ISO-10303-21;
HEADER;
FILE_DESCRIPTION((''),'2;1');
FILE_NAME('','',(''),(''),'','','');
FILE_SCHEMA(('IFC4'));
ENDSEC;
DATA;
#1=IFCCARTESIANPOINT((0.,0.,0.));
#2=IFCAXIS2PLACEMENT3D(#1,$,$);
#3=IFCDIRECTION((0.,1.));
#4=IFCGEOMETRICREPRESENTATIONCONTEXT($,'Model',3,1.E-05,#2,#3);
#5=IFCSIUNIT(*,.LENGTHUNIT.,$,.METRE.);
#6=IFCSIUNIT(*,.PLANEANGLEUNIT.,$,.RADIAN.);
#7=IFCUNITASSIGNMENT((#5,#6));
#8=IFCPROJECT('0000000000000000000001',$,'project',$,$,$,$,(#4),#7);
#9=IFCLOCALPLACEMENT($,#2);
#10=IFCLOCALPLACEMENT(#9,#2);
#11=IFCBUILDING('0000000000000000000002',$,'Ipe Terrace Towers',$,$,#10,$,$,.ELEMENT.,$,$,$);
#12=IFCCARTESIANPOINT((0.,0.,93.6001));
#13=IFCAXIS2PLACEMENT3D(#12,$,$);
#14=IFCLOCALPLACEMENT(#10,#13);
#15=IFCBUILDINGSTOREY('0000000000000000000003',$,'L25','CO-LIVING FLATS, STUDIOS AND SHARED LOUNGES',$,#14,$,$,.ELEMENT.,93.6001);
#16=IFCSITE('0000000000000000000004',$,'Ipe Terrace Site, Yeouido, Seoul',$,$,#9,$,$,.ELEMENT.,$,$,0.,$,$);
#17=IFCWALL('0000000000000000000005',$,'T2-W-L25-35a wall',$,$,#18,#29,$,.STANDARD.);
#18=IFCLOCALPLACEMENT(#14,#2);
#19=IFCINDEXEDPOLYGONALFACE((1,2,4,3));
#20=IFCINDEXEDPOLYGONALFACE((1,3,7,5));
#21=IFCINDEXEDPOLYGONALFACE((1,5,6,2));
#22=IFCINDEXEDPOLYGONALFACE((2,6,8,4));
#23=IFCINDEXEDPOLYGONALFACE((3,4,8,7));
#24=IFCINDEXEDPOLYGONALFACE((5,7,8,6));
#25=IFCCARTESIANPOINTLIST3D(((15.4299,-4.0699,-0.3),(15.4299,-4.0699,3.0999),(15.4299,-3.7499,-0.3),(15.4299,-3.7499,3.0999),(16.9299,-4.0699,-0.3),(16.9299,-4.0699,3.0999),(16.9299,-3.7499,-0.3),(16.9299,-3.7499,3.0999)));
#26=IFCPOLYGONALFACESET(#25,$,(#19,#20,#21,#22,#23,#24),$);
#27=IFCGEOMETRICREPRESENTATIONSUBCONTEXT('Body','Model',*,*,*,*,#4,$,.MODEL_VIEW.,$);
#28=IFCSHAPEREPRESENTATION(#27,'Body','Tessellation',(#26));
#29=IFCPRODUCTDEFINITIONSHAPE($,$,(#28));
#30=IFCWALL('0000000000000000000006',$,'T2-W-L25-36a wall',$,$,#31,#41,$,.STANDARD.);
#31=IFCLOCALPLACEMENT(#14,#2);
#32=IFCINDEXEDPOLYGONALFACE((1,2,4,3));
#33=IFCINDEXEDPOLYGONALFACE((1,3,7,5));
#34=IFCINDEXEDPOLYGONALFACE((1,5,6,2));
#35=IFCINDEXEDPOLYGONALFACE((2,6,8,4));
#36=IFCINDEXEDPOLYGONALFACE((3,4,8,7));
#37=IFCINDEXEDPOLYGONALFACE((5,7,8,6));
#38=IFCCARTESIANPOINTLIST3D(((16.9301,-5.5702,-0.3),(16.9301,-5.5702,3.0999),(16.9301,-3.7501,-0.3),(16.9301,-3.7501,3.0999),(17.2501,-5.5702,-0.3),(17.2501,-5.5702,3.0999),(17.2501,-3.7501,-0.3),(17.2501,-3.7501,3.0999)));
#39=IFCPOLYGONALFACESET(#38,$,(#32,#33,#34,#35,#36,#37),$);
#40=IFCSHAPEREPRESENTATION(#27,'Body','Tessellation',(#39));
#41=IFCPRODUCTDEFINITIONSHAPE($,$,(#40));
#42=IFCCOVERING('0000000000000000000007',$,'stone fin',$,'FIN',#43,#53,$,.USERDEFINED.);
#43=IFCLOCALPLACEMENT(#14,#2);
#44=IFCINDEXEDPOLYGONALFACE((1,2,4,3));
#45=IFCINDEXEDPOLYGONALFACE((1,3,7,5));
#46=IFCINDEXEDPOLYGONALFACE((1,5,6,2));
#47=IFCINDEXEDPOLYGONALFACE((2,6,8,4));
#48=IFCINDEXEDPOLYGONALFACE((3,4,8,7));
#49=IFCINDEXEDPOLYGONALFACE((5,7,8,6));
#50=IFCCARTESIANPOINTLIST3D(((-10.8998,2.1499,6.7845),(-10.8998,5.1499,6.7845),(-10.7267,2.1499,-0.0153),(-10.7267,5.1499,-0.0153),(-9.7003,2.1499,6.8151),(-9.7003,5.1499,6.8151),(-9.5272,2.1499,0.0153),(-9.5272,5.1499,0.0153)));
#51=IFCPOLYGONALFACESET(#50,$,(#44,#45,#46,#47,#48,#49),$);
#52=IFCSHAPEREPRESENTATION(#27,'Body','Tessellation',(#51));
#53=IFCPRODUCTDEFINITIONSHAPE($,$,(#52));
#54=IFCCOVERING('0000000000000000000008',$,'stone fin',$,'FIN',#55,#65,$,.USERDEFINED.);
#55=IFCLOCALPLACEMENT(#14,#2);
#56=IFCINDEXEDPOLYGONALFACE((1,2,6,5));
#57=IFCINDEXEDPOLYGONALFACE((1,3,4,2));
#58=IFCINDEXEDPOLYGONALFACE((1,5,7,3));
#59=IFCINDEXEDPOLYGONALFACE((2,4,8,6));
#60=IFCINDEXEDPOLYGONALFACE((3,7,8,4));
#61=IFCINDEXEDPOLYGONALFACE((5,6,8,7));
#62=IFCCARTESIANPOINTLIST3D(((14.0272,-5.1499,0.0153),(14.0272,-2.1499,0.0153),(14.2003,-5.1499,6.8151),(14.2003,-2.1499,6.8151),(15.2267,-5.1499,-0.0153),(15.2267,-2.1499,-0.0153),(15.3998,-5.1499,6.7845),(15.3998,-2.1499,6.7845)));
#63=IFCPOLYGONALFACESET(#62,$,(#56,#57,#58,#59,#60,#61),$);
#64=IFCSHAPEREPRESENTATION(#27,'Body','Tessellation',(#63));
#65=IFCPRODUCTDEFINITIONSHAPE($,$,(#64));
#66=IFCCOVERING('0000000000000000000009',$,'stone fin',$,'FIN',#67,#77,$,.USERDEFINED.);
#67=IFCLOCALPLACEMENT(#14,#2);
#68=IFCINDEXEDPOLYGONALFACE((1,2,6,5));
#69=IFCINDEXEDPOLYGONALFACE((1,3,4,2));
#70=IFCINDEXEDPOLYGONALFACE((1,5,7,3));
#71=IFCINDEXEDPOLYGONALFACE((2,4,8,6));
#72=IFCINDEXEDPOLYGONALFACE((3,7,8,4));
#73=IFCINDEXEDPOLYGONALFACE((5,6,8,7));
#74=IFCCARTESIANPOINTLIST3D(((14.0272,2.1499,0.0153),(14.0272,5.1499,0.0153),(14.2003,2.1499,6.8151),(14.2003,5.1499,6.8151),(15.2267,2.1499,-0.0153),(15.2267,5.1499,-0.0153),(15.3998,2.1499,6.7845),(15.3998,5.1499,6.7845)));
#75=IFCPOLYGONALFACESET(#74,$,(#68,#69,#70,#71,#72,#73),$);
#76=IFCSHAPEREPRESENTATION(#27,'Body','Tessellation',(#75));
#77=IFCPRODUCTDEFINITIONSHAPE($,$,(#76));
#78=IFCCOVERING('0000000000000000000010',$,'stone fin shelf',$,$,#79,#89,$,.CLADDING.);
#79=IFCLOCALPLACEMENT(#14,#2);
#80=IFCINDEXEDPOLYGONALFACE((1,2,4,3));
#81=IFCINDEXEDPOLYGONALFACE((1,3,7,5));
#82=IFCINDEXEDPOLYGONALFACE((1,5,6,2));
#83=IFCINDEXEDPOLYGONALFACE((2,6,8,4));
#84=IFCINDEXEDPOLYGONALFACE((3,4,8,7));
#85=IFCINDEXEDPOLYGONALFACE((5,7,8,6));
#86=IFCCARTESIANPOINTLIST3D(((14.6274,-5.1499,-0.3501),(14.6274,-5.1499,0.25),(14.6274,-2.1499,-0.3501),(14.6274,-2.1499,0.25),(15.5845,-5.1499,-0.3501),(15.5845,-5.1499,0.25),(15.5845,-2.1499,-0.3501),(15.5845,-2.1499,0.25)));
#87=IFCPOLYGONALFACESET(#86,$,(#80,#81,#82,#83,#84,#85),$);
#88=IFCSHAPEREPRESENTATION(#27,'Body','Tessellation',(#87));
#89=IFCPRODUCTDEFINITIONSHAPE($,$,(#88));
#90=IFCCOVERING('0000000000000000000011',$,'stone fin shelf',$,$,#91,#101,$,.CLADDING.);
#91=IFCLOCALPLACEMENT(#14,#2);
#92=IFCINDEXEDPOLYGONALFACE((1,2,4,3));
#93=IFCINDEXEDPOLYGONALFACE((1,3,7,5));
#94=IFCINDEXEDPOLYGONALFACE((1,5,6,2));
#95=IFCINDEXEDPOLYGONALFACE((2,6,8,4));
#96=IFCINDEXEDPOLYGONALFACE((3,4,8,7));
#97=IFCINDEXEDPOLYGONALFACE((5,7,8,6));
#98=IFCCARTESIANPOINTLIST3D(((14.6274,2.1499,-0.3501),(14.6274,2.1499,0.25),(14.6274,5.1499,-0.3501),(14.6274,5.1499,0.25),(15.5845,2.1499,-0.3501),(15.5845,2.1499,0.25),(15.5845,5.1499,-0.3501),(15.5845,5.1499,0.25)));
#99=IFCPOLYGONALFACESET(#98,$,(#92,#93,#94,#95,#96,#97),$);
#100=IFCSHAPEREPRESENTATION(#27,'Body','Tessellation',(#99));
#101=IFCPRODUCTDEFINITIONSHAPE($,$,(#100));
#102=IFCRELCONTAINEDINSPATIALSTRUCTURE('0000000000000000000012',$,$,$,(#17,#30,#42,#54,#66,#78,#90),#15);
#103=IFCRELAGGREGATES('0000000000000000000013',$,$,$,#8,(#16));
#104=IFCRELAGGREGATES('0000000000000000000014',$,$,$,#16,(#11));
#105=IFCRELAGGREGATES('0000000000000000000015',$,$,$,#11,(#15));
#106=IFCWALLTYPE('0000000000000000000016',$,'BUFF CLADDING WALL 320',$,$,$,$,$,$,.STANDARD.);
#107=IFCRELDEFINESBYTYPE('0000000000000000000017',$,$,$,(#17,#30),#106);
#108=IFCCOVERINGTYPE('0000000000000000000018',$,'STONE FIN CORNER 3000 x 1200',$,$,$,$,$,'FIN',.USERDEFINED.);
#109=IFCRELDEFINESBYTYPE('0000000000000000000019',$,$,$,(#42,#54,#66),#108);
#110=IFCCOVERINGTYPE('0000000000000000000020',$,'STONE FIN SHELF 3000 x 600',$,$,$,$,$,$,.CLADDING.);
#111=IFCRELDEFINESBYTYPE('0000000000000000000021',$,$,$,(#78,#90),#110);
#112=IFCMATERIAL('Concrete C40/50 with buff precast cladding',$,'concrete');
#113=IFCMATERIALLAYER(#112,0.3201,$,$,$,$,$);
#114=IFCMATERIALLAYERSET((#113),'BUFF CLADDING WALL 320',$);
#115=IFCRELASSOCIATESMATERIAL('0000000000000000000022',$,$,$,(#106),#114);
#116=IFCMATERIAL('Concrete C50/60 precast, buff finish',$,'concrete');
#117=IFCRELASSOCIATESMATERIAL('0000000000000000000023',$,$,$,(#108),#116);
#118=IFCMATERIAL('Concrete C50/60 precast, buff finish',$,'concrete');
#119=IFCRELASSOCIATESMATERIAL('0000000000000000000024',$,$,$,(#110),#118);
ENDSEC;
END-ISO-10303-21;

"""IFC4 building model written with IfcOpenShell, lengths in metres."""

from ifc_helpers import new_model, si_unit, direction, frame, frame_2d, origin, origin_2d, place, context, subcontext, project, spatial, rectangle, extrude, material, layer, layer_set, material_profile, profile_set, type_object, element, save


model = new_model("IFC4")

# Units and contexts
model_context = context("Model", 3, precision=1e-05, world=origin(), true_north=direction((0.0, 1.0)))
body_context = subcontext(model_context, "Body", "Model", "MODEL_VIEW")
ifc_project = project(units=[si_unit("LENGTHUNIT", "METRE"), si_unit("PLANEANGLEUNIT", "RADIAN")], contexts=[model_context])

# Site, building, storey
site_placement = place(None, origin())
site = spatial("IfcSite", under=ifc_project, at=site_placement, Name="Ipe Terrace Site, Yeouido, Seoul", CompositionType="ELEMENT", RefElevation=0.0)
building_placement = place(site_placement, origin())
building = spatial("IfcBuilding", under=site, at=building_placement, Name="Ipe Terrace Towers", CompositionType="ELEMENT")
storey_placement = place(building_placement, frame((0.0, 0.0, 93.6001)))
storey = spatial("IfcBuildingStorey", under=building, at=storey_placement, Name="L25", Description="CO-LIVING FLATS, STUDIOS AND SHARED LOUNGES", CompositionType="ELEMENT", Elevation=93.6001)

# Walls
ifc_material_1 = material(Name="Concrete C40/50 with buff precast cladding", Category="concrete")
ifc_layer_1 = layer(ifc_material_1, 0.3201)
ifc_layer_set_1 = layer_set([ifc_layer_1], Name="BUFF CLADDING WALL 320")
wall_type = type_object("IfcWallType", Name="BUFF CLADDING WALL 320", PredefinedType="STANDARD", material=ifc_layer_set_1)
wall_1_placement = place(storey_placement, frame((15.4299, -3.9099, -0.3), z_axis=(0.0, 0.0, 1.0), x_axis=(1.0, 0.0, 0.0)))
element("IfcWall", 1, at=wall_1_placement, inside=storey, type_object=wall_type, Name="T2-W-L25-35a wall", PredefinedType="STANDARD", context=body_context, shape_type="SweptSolid", body=[
    extrude(rectangle(XDim=1.5, YDim=0.3201, at=frame_2d((0.75, 0.0))), origin(), (0.0, 0.0, 1.0), 3.3999),
])
wall_2_placement = place(storey_placement, frame((17.0901, -3.75, -0.3), z_axis=(0.0, 0.0, 1.0), x_axis=(0.0, -1.0, 0.0)))
element("IfcWall", 2, at=wall_2_placement, inside=storey, type_object=wall_type, Name="T2-W-L25-36a wall", PredefinedType="STANDARD", context=body_context, shape_type="SweptSolid", body=[
    extrude(rectangle(XDim=1.8201, YDim=0.3201, at=frame_2d((0.9102, 0.0))), origin(), (0.0, 0.0, 1.0), 3.3999),
])

# Coverings
ifc_material_2 = material(Name="Concrete C50/60 precast, buff finish", Category="concrete")
ifc_material_profile_1 = material_profile(ifc_material_2, rectangle(XDim=3.0, YDim=1.2, at=origin_2d()), Name="STONE FIN CORNER 3000 x 1200")
ifc_profile_set_1 = profile_set([ifc_material_profile_1], Name="Concrete C50/60 precast, buff finish")
covering_type_1 = type_object("IfcCoveringType", Name="STONE FIN CORNER 3000 x 1200", ElementType="FIN", PredefinedType="USERDEFINED", material=ifc_profile_set_1)
for number, where, z_axis, x_axis, name in (
    (3, (-10.127, 3.6499, 0.0), (-0.025448, 0.0, 0.999676), (0.0, 1.0, 0.0), "stone fin"),
    (4, (14.627, -3.6499, 0.0), (0.025448, 0.0, 0.999676), (0.0, -1.0, 0.0), "stone fin"),
    (5, (14.627, 3.6499, 0.0), (0.025448, 0.0, 0.999676), (0.0, -1.0, 0.0), "stone fin"),
):
    element("IfcCovering", number, at=place(storey_placement, frame(where, z_axis=z_axis, x_axis=x_axis)), inside=storey, type_object=covering_type_1, Name=name, ObjectType="FIN", PredefinedType="USERDEFINED", context=body_context, shape_type="SweptSolid", body=[
        extrude(rectangle(XDim=3.0, YDim=1.2, at=origin_2d()), origin(), (0.0, 0.0, 1.0), 6.802),
    ])
ifc_material_3 = material(Name="Concrete C50/60 precast, buff finish", Category="concrete")
covering_type_2 = type_object("IfcCoveringType", Name="STONE FIN SHELF 3000 x 600", PredefinedType="CLADDING", material=ifc_material_3)
for number, where, z_axis, x_axis, name in (
    (6, (15.106, -3.6499, -0.3501), (0.0, 0.0, 1.0), (0.0, -1.0, 0.0), "stone fin shelf"),
    (7, (15.106, 3.6499, -0.3501), (0.0, 0.0, 1.0), (0.0, -1.0, 0.0), "stone fin shelf"),
):
    element("IfcCovering", number, at=place(storey_placement, frame(where, z_axis=z_axis, x_axis=x_axis)), inside=storey, type_object=covering_type_2, Name=name, PredefinedType="CLADDING", context=body_context, shape_type="SweptSolid", body=[
        extrude(rectangle(XDim=3.0, YDim=0.957, at=origin_2d()), origin(), (0.0, 0.0, 1.0), 0.6001),
    ])

save(model, "model.ifc")
